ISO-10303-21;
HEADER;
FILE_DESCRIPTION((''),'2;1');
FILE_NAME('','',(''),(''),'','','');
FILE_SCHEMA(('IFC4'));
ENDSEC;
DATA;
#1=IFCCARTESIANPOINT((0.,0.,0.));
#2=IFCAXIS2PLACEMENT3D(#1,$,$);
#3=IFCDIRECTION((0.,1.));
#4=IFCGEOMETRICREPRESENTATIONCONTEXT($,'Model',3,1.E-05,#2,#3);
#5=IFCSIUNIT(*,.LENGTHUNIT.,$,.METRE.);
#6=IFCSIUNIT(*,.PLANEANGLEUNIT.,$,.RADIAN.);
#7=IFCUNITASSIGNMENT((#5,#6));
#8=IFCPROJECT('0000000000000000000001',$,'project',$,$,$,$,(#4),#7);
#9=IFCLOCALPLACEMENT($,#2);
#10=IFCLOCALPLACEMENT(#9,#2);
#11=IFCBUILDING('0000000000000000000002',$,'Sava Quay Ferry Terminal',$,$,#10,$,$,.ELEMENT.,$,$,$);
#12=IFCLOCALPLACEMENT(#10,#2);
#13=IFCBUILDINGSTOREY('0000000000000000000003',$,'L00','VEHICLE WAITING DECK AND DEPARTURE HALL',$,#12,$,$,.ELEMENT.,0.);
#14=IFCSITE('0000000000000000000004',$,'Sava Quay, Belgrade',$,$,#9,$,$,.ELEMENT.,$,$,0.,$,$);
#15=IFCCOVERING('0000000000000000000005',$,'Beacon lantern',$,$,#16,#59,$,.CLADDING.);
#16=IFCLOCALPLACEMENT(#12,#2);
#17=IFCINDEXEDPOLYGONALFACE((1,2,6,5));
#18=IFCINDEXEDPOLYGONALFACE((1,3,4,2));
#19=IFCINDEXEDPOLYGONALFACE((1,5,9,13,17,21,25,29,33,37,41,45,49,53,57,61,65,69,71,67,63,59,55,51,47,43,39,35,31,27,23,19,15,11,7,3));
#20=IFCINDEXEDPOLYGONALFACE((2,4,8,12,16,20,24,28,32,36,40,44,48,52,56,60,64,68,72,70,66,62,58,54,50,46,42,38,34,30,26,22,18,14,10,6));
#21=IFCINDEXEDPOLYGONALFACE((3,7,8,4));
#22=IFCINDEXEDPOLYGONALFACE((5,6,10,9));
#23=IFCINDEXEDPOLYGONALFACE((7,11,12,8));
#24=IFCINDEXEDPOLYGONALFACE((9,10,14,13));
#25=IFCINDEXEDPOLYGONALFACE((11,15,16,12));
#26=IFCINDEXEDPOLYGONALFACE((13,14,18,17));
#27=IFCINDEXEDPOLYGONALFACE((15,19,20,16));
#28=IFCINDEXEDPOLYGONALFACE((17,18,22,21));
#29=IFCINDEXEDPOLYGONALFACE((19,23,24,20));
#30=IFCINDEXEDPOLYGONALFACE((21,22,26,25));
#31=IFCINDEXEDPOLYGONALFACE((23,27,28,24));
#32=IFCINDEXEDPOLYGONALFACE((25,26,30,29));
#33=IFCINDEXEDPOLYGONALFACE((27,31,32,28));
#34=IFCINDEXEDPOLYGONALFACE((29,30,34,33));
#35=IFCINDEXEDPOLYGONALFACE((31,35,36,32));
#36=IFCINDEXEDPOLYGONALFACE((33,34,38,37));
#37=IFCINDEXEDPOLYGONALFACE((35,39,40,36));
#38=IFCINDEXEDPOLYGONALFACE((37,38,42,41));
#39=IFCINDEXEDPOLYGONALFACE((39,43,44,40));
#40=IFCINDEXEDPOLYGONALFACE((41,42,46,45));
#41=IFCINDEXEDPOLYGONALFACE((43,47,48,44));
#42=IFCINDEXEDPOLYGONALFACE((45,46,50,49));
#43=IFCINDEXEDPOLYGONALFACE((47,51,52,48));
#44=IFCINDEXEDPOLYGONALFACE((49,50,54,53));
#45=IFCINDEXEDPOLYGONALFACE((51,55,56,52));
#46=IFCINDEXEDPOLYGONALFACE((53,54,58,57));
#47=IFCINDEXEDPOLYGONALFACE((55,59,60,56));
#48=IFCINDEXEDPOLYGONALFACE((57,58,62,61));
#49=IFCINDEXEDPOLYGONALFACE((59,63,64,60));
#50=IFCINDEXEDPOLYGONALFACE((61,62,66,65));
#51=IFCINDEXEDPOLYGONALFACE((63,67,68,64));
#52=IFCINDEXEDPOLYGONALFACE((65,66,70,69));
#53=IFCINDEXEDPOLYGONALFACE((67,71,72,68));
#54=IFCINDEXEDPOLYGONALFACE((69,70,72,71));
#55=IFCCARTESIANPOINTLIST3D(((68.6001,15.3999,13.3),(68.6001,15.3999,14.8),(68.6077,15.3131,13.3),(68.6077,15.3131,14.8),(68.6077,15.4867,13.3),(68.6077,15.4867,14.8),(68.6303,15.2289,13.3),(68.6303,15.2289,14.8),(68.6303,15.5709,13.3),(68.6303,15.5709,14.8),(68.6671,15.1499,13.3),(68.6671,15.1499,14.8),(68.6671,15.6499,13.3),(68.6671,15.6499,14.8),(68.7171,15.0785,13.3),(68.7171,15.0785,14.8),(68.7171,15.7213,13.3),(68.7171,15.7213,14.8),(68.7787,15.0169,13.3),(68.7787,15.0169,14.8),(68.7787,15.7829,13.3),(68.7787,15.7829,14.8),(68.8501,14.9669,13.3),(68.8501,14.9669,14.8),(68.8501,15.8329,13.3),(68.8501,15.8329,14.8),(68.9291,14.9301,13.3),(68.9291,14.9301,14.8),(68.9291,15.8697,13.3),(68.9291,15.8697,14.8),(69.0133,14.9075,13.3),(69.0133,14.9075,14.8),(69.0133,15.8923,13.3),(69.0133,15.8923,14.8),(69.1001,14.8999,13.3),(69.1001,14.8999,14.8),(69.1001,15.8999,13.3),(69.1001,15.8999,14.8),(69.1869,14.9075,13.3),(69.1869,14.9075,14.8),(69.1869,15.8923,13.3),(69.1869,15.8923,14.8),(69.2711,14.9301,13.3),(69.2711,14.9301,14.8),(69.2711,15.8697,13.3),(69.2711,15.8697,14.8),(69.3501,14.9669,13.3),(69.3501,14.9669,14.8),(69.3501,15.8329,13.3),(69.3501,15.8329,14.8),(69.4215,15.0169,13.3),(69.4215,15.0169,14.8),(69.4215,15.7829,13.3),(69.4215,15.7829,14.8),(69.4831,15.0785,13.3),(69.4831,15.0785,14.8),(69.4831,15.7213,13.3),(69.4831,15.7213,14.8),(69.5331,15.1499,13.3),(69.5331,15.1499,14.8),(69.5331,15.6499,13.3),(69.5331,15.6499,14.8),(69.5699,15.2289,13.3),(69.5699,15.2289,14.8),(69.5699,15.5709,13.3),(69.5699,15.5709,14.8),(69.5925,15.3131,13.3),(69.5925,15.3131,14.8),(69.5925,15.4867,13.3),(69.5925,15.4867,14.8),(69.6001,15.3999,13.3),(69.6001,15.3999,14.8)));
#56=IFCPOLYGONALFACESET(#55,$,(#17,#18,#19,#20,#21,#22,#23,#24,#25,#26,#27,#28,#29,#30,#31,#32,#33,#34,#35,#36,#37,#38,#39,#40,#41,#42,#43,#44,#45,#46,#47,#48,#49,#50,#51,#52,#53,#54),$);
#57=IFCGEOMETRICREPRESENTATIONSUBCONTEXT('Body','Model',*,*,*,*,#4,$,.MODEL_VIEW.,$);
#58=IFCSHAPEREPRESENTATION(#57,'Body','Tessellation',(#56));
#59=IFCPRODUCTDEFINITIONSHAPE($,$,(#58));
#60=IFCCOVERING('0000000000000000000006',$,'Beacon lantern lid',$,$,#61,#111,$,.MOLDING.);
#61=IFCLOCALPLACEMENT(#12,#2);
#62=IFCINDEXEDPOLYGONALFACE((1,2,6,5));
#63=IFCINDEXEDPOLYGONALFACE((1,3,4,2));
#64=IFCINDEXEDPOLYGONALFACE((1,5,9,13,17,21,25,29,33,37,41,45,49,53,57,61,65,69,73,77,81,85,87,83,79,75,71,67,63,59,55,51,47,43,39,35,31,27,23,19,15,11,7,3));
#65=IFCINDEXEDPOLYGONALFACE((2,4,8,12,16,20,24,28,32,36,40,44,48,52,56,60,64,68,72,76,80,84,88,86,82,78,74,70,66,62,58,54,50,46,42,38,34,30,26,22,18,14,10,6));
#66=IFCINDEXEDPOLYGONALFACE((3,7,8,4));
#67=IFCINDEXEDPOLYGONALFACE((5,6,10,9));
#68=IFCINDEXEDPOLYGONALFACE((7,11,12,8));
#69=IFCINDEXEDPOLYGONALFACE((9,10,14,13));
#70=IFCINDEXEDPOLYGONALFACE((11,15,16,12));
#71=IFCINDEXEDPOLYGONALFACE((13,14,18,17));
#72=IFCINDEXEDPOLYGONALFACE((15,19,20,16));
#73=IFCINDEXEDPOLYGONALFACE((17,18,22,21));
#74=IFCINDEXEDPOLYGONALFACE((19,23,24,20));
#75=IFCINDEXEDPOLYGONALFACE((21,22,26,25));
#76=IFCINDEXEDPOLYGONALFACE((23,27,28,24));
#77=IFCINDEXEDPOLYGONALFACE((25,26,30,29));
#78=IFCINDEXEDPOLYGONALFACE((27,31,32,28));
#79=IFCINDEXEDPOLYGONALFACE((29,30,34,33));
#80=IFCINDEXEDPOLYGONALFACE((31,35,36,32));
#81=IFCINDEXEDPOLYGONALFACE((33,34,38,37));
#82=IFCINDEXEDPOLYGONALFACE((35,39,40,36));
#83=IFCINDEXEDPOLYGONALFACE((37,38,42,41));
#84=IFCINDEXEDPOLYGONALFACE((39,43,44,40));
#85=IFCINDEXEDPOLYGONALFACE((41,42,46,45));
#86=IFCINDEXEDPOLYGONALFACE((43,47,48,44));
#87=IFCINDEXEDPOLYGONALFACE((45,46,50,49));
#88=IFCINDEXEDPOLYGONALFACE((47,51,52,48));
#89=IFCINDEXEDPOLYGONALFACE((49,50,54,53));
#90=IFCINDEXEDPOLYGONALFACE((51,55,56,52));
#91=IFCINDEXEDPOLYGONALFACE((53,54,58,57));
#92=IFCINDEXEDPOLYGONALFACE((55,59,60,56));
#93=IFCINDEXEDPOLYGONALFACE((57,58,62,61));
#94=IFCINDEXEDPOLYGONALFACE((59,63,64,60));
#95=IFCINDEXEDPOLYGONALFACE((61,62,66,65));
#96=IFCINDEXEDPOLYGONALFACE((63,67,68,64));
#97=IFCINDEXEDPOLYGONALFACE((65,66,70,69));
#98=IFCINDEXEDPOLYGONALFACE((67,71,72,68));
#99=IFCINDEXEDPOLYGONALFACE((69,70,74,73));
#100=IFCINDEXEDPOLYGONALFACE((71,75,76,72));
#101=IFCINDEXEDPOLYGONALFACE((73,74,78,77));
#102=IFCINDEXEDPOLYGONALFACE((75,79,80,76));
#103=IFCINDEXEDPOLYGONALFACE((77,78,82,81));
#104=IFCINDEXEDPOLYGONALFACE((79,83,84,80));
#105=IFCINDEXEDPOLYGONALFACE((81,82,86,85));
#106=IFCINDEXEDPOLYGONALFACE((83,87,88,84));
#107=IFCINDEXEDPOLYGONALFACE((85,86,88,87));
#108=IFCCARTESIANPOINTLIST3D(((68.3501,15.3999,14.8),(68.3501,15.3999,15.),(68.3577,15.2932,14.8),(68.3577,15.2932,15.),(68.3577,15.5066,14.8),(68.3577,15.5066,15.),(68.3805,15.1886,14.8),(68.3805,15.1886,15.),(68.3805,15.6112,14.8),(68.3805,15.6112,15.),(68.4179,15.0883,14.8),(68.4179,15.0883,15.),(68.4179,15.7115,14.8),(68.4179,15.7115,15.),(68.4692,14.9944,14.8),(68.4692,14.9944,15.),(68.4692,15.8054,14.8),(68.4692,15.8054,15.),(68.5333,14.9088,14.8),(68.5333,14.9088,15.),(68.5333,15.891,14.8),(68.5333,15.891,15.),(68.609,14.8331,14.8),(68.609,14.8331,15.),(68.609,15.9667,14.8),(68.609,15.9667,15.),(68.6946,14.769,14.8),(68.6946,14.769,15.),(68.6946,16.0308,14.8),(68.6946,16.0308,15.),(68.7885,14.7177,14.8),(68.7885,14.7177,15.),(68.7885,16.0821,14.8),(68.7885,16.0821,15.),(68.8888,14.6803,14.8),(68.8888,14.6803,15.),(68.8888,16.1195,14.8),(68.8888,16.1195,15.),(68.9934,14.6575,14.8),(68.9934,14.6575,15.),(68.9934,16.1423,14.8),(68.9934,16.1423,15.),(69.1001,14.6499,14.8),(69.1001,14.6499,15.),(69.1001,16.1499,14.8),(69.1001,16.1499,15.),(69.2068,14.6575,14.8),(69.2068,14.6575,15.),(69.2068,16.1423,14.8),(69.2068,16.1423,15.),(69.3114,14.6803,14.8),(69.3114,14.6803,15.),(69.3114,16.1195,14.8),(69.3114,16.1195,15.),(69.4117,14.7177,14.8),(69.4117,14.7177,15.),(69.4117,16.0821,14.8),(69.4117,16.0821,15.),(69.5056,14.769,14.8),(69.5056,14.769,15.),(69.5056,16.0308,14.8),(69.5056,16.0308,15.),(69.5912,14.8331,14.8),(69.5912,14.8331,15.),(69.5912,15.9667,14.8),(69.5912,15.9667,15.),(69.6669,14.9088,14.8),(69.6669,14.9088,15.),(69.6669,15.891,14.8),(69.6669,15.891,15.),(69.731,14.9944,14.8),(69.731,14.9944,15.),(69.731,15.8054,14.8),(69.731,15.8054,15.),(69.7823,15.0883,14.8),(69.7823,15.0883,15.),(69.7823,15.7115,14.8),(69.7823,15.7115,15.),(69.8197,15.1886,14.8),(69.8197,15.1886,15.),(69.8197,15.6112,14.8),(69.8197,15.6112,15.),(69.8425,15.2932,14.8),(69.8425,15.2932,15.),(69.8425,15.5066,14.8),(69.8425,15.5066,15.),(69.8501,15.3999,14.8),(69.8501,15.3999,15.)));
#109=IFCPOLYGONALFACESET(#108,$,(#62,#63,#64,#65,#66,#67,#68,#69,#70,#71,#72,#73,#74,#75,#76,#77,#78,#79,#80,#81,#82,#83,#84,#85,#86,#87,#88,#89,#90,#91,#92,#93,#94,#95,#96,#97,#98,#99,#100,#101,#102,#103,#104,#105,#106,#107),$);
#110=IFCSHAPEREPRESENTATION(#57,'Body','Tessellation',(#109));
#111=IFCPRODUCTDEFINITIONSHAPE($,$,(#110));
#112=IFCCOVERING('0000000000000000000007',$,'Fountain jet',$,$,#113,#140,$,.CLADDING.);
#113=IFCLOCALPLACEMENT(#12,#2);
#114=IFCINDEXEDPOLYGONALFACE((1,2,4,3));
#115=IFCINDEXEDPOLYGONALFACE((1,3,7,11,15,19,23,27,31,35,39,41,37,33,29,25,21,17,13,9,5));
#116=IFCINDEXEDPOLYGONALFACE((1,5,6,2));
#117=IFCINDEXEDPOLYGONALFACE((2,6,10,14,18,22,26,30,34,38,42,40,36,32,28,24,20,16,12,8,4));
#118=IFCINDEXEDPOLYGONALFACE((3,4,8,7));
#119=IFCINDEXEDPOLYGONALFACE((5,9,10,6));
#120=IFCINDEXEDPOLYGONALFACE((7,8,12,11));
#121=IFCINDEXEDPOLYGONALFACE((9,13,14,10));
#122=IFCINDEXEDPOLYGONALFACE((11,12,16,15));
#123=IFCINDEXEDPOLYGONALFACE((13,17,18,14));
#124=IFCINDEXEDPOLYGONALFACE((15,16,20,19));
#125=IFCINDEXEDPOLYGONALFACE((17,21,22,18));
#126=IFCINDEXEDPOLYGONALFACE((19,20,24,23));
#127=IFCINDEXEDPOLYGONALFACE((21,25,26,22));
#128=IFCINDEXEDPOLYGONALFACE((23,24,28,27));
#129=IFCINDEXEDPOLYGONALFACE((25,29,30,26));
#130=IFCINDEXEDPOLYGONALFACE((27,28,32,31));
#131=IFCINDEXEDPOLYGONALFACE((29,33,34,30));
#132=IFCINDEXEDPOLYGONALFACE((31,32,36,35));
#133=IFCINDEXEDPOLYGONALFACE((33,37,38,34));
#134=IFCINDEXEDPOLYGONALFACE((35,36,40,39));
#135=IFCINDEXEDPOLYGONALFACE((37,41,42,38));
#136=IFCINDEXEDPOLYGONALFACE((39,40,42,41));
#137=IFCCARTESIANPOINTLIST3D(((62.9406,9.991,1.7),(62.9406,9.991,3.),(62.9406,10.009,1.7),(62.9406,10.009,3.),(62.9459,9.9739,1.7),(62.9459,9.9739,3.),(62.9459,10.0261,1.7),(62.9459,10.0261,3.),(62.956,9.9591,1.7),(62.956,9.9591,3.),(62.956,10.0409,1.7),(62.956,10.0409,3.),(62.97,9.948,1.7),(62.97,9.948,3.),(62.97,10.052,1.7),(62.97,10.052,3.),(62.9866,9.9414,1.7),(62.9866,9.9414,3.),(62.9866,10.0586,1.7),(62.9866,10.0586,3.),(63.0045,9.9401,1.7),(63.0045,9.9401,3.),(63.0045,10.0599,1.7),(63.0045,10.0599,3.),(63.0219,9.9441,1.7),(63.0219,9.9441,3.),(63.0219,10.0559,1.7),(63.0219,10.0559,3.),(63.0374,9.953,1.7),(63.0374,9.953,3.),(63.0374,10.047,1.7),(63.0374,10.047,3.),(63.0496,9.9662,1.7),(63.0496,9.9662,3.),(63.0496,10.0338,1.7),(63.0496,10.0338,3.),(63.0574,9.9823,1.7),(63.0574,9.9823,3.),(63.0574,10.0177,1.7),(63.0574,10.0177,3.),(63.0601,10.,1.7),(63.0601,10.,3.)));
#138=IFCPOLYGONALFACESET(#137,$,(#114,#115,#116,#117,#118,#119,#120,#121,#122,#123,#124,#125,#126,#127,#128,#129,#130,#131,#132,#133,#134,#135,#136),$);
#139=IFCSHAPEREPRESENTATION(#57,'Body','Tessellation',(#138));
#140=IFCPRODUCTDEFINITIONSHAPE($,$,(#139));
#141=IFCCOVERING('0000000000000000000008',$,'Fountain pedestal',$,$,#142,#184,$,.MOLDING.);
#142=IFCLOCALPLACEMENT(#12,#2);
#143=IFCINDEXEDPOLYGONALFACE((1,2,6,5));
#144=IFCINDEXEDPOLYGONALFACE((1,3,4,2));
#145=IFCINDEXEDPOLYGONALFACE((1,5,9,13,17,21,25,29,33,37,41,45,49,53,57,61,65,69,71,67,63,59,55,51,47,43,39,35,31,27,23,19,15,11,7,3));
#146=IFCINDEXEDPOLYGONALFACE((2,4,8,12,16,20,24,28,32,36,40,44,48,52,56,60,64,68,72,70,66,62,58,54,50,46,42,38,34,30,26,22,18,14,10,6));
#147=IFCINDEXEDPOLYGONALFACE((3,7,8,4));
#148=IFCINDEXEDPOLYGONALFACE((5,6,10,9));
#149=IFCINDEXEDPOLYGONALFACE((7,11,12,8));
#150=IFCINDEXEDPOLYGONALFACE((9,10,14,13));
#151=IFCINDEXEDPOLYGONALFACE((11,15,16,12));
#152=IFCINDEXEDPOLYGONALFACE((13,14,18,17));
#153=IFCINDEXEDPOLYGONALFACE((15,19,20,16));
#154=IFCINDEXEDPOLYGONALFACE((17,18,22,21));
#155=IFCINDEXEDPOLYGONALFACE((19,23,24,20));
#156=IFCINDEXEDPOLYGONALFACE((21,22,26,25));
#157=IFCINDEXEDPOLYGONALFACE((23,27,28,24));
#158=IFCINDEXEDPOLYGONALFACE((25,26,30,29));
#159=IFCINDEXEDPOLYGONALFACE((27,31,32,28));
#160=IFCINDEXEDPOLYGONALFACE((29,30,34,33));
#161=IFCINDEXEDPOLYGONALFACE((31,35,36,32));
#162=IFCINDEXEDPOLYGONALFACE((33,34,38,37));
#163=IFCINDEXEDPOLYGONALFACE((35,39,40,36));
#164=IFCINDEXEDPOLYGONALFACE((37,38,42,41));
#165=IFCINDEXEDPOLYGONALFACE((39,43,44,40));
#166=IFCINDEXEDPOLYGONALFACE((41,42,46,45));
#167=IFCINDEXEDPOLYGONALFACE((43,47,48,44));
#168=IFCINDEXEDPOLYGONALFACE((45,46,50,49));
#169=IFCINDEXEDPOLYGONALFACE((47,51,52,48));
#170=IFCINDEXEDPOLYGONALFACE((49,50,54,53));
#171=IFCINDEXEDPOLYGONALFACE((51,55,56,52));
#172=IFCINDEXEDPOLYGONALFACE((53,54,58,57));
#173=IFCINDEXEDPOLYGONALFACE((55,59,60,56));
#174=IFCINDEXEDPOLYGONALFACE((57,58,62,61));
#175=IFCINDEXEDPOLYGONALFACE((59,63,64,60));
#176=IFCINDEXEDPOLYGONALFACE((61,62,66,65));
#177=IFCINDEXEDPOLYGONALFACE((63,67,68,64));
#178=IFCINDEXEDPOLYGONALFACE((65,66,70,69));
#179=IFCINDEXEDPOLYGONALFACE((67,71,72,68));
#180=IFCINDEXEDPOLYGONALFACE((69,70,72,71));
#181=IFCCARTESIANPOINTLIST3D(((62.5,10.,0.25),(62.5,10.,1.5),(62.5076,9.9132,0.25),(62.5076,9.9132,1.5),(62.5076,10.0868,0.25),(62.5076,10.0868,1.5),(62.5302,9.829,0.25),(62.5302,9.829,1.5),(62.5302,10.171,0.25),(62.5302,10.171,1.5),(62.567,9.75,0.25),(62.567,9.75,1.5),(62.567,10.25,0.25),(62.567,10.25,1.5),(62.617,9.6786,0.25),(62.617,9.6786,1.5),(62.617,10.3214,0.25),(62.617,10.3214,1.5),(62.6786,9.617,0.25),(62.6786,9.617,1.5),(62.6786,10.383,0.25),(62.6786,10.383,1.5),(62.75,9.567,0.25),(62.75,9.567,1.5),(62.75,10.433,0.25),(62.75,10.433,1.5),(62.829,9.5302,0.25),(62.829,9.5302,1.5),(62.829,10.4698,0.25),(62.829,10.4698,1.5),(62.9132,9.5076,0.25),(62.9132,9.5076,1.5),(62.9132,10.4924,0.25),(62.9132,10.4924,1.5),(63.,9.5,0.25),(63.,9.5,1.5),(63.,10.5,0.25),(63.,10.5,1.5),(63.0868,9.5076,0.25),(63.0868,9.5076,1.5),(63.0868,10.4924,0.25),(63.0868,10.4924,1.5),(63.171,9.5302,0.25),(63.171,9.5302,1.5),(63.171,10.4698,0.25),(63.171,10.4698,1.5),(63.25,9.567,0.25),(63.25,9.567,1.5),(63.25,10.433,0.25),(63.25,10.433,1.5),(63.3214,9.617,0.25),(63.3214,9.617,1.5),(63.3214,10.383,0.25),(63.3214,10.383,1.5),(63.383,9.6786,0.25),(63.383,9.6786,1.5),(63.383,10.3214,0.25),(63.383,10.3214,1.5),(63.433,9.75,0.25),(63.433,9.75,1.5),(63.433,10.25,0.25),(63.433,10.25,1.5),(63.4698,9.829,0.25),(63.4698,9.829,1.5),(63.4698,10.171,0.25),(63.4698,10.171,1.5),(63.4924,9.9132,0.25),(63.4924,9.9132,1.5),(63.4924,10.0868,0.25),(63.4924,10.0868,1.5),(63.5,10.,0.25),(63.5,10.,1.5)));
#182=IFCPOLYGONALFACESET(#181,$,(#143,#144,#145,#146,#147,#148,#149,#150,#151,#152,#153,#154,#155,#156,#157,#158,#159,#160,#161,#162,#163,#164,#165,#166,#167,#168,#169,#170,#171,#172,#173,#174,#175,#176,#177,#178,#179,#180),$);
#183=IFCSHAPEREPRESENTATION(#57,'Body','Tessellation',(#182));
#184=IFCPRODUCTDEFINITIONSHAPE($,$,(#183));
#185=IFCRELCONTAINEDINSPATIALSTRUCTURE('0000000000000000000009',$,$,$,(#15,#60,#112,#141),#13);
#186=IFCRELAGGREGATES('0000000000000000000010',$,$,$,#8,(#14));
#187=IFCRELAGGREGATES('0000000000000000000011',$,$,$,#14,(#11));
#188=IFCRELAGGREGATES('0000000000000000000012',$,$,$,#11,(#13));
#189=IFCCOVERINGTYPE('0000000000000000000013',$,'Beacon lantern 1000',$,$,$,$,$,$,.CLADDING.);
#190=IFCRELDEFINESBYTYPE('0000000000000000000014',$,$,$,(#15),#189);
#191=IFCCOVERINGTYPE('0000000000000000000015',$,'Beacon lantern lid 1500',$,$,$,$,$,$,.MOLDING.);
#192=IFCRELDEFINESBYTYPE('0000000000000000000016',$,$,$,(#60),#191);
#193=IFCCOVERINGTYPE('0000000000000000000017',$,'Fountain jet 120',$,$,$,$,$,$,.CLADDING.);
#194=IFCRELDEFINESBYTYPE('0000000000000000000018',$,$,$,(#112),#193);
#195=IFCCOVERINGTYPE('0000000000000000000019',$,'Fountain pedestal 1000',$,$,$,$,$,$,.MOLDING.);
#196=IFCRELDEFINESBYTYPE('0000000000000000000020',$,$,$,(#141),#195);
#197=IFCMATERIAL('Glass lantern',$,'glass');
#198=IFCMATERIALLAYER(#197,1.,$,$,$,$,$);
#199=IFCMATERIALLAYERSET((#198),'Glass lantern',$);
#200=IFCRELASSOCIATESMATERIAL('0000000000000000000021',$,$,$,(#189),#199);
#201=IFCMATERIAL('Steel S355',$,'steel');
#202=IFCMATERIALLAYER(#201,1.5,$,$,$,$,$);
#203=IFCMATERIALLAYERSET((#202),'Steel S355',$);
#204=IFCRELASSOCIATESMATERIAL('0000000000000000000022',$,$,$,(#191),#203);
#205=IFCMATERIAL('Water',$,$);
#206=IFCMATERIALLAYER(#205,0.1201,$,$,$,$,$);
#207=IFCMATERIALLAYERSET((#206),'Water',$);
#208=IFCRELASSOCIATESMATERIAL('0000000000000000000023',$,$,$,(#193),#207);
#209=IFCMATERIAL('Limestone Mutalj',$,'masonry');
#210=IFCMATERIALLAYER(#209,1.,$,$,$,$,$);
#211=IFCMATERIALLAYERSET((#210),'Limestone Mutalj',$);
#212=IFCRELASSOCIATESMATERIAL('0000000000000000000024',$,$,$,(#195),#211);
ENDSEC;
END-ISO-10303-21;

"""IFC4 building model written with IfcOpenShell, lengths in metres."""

from ifc_helpers import new_model, si_unit, direction, frame, origin, origin_2d, place, context, subcontext, project, spatial, circle, extrude, material, layer, layer_set, type_object, element, save


model = new_model("IFC4")

# Units and contexts
model_context = context("Model", 3, precision=1e-05, world=origin(), true_north=direction((0.0, 1.0)))
body_context = subcontext(model_context, "Body", "Model", "MODEL_VIEW")
ifc_project = project(units=[si_unit("LENGTHUNIT", "METRE"), si_unit("PLANEANGLEUNIT", "RADIAN")], contexts=[model_context])

# Site, building, storey
site_placement = place(None, origin())
site = spatial("IfcSite", under=ifc_project, at=site_placement, Name="Sava Quay, Belgrade", CompositionType="ELEMENT", RefElevation=0.0)
building_placement = place(site_placement, origin())
building = spatial("IfcBuilding", under=site, at=building_placement, Name="Sava Quay Ferry Terminal", CompositionType="ELEMENT")
storey_placement = place(building_placement, origin())
storey = spatial("IfcBuildingStorey", under=building, at=storey_placement, Name="L00", Description="VEHICLE WAITING DECK AND DEPARTURE HALL", CompositionType="ELEMENT", Elevation=0.0)

# Coverings
ifc_material_1 = material(Name="Glass lantern", Category="glass")
ifc_layer_1 = layer(ifc_material_1, 1.0)
ifc_layer_set_1 = layer_set([ifc_layer_1], Name="Glass lantern")
covering_type_1 = type_object("IfcCoveringType", Name="Beacon lantern 1000", PredefinedType="CLADDING", material=ifc_layer_set_1)
covering_1_placement = place(storey_placement, frame((69.1001, 15.3999, 14.8), z_axis=(0.0, 0.0, -1.0), x_axis=(1.0, 0.0, 0.0)))
element("IfcCovering", 1, at=covering_1_placement, inside=storey, type_object=covering_type_1, Name="Beacon lantern", PredefinedType="CLADDING", context=body_context, shape_type="SweptSolid", body=[
    extrude(circle(Radius=0.5, at=origin_2d()), origin(), (0.0, 0.0, 1.0), 1.5),
])
ifc_material_2 = material(Name="Steel S355", Category="steel")
ifc_layer_2 = layer(ifc_material_2, 1.5)
ifc_layer_set_2 = layer_set([ifc_layer_2], Name="Steel S355")
covering_type_2 = type_object("IfcCoveringType", Name="Beacon lantern lid 1500", PredefinedType="MOLDING", material=ifc_layer_set_2)
covering_2_placement = place(storey_placement, frame((69.1001, 15.3999, 15.0), z_axis=(0.0, 0.0, -1.0), x_axis=(1.0, 0.0, 0.0)))
element("IfcCovering", 2, at=covering_2_placement, inside=storey, type_object=covering_type_2, Name="Beacon lantern lid", PredefinedType="MOLDING", context=body_context, shape_type="SweptSolid", body=[
    extrude(circle(Radius=0.75, at=origin_2d()), origin(), (0.0, 0.0, 1.0), 0.2),
])
ifc_material_3 = material(Name="Water")
ifc_layer_3 = layer(ifc_material_3, 0.1201)
ifc_layer_set_3 = layer_set([ifc_layer_3], Name="Water")
covering_type_3 = type_object("IfcCoveringType", Name="Fountain jet 120", PredefinedType="CLADDING", material=ifc_layer_set_3)
covering_3_placement = place(storey_placement, frame((63.0, 10.0, 3.0), z_axis=(0.0, 0.0, -1.0), x_axis=(1.0, 0.0, 0.0)))
element("IfcCovering", 3, at=covering_3_placement, inside=storey, type_object=covering_type_3, Name="Fountain jet", PredefinedType="CLADDING", context=body_context, shape_type="SweptSolid", body=[
    extrude(circle(Radius=0.0601, at=origin_2d()), origin(), (0.0, 0.0, 1.0), 1.3),
])
ifc_material_4 = material(Name="Limestone Mutalj", Category="masonry")
ifc_layer_4 = layer(ifc_material_4, 1.0)
ifc_layer_set_4 = layer_set([ifc_layer_4], Name="Limestone Mutalj")
covering_type_4 = type_object("IfcCoveringType", Name="Fountain pedestal 1000", PredefinedType="MOLDING", material=ifc_layer_set_4)
covering_4_placement = place(storey_placement, frame((63.0, 10.0, 1.5), z_axis=(0.0, 0.0, -1.0), x_axis=(1.0, 0.0, 0.0)))
element("IfcCovering", 4, at=covering_4_placement, inside=storey, type_object=covering_type_4, Name="Fountain pedestal", PredefinedType="MOLDING", context=body_context, shape_type="SweptSolid", body=[
    extrude(circle(Radius=0.5, at=origin_2d()), origin(), (0.0, 0.0, 1.0), 1.25),
])

save(model, "model.ifc")
